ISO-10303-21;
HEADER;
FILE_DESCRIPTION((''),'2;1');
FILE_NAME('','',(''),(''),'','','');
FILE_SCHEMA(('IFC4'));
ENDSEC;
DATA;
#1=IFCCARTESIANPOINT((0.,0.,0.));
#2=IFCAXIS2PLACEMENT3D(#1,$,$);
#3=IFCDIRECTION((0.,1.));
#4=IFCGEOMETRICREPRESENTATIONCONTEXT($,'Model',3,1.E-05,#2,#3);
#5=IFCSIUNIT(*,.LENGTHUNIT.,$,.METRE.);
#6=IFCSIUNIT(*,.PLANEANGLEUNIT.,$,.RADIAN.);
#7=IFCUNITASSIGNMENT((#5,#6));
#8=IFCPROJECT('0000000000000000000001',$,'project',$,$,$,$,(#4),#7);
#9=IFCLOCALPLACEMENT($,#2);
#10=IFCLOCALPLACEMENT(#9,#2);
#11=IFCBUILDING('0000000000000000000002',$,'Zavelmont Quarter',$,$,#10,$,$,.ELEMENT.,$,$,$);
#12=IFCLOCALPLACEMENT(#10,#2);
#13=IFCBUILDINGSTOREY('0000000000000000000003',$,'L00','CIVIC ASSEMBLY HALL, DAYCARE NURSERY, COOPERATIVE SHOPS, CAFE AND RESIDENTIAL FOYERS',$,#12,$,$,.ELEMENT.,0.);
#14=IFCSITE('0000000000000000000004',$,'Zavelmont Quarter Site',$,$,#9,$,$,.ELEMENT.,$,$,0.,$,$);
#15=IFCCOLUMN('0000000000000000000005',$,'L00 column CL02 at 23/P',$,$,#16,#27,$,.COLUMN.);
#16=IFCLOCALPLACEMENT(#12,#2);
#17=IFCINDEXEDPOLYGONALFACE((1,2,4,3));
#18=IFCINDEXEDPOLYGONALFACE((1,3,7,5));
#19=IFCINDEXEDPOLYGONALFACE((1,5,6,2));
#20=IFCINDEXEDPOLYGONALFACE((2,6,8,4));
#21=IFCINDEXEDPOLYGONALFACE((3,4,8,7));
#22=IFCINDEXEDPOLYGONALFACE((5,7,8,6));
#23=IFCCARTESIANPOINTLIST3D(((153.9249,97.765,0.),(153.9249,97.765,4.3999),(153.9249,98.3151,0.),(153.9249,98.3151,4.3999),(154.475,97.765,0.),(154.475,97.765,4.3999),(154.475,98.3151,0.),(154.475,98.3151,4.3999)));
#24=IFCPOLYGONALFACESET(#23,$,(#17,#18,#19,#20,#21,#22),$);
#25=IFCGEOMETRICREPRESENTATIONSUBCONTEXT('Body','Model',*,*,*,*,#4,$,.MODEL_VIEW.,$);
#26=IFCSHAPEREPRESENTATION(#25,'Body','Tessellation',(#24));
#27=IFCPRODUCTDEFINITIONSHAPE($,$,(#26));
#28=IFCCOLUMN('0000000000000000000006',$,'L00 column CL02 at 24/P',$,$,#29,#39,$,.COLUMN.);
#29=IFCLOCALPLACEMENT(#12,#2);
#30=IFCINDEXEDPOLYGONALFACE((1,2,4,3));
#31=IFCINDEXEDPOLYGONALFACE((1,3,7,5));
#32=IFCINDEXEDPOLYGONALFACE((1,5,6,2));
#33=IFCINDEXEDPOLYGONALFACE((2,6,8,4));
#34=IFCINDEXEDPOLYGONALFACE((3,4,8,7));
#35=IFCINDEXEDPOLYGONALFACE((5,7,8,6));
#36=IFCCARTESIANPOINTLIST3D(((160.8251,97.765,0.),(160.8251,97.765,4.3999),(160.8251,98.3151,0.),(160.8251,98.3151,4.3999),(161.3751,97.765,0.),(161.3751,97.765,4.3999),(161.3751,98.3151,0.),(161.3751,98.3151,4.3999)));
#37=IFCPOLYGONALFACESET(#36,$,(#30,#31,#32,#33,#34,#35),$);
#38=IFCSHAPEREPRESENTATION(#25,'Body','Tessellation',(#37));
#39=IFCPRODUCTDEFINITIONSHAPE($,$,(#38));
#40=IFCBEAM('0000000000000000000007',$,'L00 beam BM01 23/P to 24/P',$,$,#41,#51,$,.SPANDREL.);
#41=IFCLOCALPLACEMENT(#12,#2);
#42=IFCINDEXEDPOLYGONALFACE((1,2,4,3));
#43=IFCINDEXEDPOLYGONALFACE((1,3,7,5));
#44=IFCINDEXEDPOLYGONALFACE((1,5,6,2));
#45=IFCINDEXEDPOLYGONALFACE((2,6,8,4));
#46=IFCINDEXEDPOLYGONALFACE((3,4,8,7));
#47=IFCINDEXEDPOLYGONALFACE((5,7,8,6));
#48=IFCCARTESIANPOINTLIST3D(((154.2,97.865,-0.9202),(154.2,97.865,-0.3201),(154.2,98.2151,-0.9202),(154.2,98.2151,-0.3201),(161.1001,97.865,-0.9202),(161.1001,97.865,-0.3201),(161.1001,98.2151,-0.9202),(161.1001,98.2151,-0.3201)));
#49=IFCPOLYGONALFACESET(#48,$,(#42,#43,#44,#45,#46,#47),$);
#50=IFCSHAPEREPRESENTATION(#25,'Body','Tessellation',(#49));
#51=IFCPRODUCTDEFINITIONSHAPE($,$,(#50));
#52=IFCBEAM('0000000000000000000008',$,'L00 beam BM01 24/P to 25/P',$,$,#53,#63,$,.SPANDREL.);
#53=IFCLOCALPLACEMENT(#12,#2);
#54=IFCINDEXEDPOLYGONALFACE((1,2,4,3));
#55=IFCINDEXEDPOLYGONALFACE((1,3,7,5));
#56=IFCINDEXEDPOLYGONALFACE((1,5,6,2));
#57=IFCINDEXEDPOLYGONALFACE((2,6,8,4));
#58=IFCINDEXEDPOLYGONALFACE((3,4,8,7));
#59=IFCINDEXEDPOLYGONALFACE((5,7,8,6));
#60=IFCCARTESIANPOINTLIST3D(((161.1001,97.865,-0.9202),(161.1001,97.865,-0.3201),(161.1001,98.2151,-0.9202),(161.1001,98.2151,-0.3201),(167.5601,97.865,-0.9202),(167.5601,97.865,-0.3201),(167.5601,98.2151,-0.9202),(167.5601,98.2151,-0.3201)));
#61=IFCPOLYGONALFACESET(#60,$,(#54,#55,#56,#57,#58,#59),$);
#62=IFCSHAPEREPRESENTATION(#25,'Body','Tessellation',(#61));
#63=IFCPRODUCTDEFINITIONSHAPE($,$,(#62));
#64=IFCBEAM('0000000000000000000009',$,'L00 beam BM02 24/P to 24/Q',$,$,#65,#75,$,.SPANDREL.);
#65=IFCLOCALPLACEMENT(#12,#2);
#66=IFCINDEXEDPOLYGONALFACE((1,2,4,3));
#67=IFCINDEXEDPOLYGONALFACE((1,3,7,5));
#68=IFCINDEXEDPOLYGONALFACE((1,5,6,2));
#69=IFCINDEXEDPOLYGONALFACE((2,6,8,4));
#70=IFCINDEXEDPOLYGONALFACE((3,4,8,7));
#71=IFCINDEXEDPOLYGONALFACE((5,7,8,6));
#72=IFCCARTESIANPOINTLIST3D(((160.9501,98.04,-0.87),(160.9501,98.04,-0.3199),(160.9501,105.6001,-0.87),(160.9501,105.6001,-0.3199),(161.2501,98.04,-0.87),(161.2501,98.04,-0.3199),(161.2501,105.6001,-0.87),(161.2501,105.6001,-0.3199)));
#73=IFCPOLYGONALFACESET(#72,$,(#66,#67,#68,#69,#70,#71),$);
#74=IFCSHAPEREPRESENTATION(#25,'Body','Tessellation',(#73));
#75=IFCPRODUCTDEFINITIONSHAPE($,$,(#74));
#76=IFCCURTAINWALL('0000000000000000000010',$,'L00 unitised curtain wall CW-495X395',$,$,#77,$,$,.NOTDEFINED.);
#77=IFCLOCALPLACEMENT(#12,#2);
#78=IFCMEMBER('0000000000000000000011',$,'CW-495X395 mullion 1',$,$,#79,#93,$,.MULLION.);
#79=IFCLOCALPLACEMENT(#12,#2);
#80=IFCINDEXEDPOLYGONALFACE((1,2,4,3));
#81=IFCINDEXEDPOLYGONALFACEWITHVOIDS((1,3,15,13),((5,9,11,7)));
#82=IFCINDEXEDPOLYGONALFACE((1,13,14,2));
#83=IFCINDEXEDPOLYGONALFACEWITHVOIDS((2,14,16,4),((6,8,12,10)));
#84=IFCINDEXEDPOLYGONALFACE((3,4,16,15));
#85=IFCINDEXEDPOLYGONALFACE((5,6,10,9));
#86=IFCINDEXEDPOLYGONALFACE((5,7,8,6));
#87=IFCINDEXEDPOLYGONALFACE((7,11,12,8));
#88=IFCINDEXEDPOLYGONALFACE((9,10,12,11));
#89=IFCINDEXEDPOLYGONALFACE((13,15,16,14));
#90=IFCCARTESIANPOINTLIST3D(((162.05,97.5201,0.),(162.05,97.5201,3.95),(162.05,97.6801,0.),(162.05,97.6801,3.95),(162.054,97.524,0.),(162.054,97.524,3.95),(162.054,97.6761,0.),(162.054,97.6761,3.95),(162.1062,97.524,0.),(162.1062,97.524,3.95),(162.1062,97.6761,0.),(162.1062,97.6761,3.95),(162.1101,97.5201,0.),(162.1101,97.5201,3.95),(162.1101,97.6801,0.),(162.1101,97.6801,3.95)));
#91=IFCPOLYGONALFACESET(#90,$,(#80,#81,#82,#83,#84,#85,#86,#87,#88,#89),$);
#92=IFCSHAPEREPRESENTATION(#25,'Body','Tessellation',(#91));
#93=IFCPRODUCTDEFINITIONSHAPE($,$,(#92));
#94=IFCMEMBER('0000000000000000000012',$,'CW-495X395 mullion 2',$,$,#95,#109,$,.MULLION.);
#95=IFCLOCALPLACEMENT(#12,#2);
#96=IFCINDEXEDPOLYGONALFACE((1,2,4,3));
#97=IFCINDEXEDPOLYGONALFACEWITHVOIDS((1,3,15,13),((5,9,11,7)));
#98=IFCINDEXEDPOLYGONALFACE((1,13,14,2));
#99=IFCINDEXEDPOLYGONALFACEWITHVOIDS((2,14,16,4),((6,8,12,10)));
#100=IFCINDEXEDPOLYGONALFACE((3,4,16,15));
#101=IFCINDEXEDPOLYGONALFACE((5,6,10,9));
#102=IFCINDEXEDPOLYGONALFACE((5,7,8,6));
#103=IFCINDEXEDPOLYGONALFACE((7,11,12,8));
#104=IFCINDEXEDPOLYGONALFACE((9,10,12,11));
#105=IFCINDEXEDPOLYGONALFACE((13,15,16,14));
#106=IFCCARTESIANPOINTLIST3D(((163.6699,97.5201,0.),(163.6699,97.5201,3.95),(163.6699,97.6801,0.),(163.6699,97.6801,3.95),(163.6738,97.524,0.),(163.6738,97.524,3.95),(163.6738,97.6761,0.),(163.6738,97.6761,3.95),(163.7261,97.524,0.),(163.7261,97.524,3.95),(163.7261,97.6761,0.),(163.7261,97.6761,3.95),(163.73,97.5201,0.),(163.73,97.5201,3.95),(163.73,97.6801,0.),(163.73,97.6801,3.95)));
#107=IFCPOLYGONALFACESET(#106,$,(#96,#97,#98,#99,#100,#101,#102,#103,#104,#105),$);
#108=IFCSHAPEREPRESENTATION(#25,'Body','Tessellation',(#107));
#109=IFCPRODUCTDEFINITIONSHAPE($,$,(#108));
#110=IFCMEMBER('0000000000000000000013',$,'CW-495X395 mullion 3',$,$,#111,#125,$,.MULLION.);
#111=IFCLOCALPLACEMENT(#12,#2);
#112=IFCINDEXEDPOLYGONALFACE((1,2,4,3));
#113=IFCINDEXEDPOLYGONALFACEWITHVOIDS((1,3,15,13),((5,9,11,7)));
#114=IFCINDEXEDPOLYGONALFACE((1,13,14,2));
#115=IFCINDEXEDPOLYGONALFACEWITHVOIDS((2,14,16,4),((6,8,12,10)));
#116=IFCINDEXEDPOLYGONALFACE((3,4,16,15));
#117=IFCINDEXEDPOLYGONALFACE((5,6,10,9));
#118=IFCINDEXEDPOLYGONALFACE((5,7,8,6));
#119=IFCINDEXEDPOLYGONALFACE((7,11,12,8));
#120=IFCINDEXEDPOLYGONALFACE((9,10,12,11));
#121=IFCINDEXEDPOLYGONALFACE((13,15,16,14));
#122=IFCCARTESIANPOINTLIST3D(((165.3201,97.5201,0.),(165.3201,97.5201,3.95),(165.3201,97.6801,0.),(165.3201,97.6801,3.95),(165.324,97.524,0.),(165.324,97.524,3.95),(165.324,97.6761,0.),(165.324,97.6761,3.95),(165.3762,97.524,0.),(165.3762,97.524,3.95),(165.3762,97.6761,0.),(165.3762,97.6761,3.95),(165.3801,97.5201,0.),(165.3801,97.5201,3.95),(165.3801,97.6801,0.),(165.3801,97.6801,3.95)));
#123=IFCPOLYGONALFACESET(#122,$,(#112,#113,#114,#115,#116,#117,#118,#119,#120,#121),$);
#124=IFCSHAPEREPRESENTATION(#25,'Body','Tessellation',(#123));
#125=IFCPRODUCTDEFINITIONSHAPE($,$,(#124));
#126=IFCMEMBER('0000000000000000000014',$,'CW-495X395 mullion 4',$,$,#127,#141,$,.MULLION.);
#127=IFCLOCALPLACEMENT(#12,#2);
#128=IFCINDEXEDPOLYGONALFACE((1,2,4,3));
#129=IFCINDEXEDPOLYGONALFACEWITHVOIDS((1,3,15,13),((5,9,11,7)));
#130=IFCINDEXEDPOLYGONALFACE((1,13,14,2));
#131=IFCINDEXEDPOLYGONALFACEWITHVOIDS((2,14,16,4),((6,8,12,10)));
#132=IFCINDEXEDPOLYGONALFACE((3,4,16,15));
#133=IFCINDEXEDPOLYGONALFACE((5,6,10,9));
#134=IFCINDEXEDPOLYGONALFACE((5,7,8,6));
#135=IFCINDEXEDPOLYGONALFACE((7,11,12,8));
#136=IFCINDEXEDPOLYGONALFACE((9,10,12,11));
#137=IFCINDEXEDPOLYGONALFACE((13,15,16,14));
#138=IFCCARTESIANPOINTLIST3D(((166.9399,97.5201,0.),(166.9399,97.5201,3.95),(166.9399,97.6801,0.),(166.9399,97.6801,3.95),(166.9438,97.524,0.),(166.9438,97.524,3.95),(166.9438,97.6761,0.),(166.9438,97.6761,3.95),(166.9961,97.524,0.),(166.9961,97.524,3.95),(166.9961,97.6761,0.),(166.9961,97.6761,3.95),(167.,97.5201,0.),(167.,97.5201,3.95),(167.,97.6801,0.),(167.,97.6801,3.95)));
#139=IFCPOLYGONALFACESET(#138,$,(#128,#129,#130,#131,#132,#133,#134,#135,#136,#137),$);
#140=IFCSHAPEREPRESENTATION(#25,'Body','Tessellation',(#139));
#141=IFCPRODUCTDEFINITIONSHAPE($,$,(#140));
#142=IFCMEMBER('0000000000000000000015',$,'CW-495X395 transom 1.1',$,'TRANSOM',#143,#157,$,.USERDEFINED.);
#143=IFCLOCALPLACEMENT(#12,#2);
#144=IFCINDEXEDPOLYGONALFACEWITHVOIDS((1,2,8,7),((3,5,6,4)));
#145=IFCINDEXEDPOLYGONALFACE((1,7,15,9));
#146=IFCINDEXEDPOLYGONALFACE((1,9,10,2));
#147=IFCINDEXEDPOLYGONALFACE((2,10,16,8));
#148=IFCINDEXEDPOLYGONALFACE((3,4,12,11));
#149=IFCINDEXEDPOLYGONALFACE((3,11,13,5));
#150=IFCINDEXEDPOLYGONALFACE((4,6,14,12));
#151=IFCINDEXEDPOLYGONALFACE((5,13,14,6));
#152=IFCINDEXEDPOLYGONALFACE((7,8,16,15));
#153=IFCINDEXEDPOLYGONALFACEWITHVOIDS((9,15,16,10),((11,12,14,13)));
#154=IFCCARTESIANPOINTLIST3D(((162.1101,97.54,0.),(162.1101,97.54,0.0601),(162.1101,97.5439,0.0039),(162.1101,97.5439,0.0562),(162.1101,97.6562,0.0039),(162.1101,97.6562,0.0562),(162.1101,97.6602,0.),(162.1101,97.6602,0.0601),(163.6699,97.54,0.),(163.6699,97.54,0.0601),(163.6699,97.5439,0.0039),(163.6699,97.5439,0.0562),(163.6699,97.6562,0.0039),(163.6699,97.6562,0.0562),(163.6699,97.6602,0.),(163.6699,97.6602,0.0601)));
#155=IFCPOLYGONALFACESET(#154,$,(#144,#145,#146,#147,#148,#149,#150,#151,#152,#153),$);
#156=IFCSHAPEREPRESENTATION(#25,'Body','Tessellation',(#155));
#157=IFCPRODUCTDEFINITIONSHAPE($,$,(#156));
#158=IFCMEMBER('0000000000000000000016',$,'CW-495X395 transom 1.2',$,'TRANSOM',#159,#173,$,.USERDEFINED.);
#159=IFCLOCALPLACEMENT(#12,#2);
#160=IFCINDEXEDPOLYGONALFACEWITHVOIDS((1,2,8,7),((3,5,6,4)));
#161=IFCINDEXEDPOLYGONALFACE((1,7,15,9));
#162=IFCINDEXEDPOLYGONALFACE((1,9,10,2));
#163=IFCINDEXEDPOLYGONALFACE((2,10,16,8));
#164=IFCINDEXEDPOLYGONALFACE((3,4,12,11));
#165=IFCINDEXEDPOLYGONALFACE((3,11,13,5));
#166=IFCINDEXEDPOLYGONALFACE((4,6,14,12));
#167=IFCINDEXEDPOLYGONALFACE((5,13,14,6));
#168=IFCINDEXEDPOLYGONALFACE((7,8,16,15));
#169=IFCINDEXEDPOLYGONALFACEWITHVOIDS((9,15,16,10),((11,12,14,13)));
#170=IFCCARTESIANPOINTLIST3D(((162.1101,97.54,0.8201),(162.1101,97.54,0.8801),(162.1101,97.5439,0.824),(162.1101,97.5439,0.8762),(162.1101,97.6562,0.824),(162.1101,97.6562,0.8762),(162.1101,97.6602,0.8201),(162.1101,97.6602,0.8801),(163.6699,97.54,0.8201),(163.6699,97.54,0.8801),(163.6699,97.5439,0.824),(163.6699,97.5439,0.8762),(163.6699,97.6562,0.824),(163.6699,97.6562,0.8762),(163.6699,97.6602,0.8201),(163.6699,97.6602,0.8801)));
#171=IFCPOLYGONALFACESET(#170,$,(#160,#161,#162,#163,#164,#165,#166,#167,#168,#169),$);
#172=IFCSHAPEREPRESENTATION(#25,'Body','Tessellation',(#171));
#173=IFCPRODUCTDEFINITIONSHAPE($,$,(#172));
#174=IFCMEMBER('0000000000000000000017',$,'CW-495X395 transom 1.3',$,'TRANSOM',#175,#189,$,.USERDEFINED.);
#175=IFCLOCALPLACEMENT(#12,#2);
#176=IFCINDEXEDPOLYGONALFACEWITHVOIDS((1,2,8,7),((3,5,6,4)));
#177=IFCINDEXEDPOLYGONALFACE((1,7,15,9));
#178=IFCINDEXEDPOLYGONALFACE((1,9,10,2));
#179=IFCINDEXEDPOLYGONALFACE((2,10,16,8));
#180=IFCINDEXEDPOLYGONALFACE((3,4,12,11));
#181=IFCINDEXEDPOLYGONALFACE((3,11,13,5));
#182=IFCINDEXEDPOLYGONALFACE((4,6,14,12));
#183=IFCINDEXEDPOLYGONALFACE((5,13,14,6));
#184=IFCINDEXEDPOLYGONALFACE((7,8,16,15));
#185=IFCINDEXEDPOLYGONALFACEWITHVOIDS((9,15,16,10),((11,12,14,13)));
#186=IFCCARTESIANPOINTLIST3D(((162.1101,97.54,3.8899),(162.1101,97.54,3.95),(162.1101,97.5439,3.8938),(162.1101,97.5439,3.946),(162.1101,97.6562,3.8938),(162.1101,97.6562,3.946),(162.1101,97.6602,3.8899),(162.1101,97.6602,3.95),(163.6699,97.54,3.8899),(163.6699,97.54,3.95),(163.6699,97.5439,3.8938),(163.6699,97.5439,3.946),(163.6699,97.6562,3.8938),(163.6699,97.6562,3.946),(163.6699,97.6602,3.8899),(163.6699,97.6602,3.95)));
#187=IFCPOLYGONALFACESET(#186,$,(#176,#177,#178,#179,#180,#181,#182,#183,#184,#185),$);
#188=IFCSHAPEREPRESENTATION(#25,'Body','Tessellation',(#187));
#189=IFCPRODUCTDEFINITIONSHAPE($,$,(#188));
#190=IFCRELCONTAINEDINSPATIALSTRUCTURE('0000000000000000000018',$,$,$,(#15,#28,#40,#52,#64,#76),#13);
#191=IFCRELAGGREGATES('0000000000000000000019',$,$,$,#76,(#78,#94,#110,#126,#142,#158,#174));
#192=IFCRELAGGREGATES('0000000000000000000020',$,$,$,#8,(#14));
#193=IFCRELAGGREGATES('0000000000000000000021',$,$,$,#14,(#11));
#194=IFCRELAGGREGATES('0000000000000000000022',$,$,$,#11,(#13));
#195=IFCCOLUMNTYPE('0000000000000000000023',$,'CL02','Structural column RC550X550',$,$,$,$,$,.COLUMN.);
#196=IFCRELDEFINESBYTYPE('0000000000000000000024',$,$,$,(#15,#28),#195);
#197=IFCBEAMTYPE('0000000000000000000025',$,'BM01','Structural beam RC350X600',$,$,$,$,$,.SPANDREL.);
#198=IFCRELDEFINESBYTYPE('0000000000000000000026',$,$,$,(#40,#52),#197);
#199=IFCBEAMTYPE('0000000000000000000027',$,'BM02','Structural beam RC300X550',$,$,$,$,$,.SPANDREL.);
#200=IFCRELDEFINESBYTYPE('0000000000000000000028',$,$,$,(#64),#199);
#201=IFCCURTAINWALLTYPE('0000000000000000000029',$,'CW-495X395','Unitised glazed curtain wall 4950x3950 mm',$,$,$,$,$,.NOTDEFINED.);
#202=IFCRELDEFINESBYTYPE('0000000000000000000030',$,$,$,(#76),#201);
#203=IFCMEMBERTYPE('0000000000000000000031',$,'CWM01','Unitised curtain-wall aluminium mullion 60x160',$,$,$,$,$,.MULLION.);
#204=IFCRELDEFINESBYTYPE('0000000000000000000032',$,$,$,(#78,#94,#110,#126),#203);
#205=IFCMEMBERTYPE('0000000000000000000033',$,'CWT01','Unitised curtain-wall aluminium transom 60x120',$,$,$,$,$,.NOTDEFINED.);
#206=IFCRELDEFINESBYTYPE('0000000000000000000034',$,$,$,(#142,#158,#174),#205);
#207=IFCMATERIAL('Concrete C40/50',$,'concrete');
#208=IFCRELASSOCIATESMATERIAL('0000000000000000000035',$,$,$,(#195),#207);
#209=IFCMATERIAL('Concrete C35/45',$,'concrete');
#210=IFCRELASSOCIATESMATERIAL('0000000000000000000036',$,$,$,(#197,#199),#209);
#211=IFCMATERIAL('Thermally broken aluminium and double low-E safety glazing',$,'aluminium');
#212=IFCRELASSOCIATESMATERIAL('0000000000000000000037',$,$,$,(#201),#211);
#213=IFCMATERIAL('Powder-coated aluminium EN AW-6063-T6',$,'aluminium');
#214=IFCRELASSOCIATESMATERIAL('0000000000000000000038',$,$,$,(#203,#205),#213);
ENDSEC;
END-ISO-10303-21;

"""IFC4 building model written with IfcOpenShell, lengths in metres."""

from ifc_helpers import new_model, si_unit, direction, frame, origin, origin_2d, place, context, subcontext, project, spatial, rectangle, hollow_rectangle, extrude, material, material_profile, profile_set, type_object, element, aggregate, save


model = new_model("IFC4")

# Units and contexts
model_context = context("Model", 3, precision=1e-05, world=origin(), true_north=direction((0.0, 1.0)))
body_context = subcontext(model_context, "Body", "Model", "MODEL_VIEW")
ifc_project = project(units=[si_unit("LENGTHUNIT", "METRE"), si_unit("PLANEANGLEUNIT", "RADIAN")], contexts=[model_context])

# Site, building, storey
site_placement = place(None, origin())
site = spatial("IfcSite", under=ifc_project, at=site_placement, Name="Zavelmont Quarter Site", CompositionType="ELEMENT", RefElevation=0.0)
building_placement = place(site_placement, origin())
building = spatial("IfcBuilding", under=site, at=building_placement, Name="Zavelmont Quarter", CompositionType="ELEMENT")
storey_placement = place(building_placement, origin())
storey = spatial("IfcBuildingStorey", under=building, at=storey_placement, Name="L00", Description="CIVIC ASSEMBLY HALL, DAYCARE NURSERY, COOPERATIVE SHOPS, CAFE AND RESIDENTIAL FOYERS", CompositionType="ELEMENT", Elevation=0.0)

# Columns
ifc_material_1 = material(Name="Concrete C40/50", Category="concrete")
ifc_material_profile_1 = material_profile(ifc_material_1, rectangle(XDim=0.55, YDim=0.55, at=origin_2d()), Name="RC550X550")
ifc_profile_set_1 = profile_set([ifc_material_profile_1], Name="Concrete C40/50")
column_type = type_object("IfcColumnType", Name="CL02", Description="Structural column RC550X550", PredefinedType="COLUMN", material=ifc_profile_set_1)
for number, where, z_axis, x_axis, name in (
    (1, (154.2, 98.04, 0.0), (0.0, 0.0, 1.0), (1.0, 0.0, 0.0), "L00 column CL02 at 23/P"),
    (2, (161.1001, 98.04, 0.0), (0.0, 0.0, 1.0), (1.0, 0.0, 0.0), "L00 column CL02 at 24/P"),
):
    element("IfcColumn", number, at=place(storey_placement, frame(where, z_axis=z_axis, x_axis=x_axis)), inside=storey, type_object=column_type, Name=name, PredefinedType="COLUMN", context=body_context, shape_type="SweptSolid", body=[
        extrude(rectangle(XDim=0.55, YDim=0.55, at=origin_2d()), origin(), (0.0, 0.0, 1.0), 4.3999),
    ])

# Beams
ifc_material_2 = material(Name="Concrete C35/45", Category="concrete")
ifc_material_profile_2 = material_profile(ifc_material_2, rectangle(XDim=0.3501, YDim=0.6001, at=origin_2d()), Name="RC350X600")
ifc_profile_set_2 = profile_set([ifc_material_profile_2], Name="Concrete C35/45")
beam_type_1 = type_object("IfcBeamType", Name="BM01", Description="Structural beam RC350X600", PredefinedType="SPANDREL", material=ifc_profile_set_2)
beam_1_placement = place(storey_placement, frame((154.2, 98.04, -0.6201), z_axis=(1.0, 0.0, 0.0), x_axis=(0.0, 1.0, 0.0)))
element("IfcBeam", 3, at=beam_1_placement, inside=storey, type_object=beam_type_1, Name="L00 beam BM01 23/P to 24/P", PredefinedType="SPANDREL", context=body_context, shape_type="SweptSolid", body=[
    extrude(rectangle(XDim=0.3501, YDim=0.6001, at=origin_2d()), origin(), (0.0, 0.0, 1.0), 6.9001),
])
beam_2_placement = place(storey_placement, frame((161.1001, 98.04, -0.6201), z_axis=(1.0, 0.0, 0.0), x_axis=(0.0, 1.0, 0.0)))
element("IfcBeam", 4, at=beam_2_placement, inside=storey, type_object=beam_type_1, Name="L00 beam BM01 24/P to 25/P", PredefinedType="SPANDREL", context=body_context, shape_type="SweptSolid", body=[
    extrude(rectangle(XDim=0.3501, YDim=0.6001, at=origin_2d()), origin(), (0.0, 0.0, 1.0), 6.46),
])
ifc_material_profile_3 = material_profile(ifc_material_2, rectangle(XDim=0.3, YDim=0.55, at=origin_2d()), Name="RC300X550")
ifc_profile_set_3 = profile_set([ifc_material_profile_3], Name="Concrete C35/45")
beam_type_2 = type_object("IfcBeamType", Name="BM02", Description="Structural beam RC300X550", PredefinedType="SPANDREL", material=ifc_profile_set_3)
beam_3_placement = place(storey_placement, frame((161.1001, 98.04, -0.595), z_axis=(0.0, 1.0, 0.0), x_axis=(-1.0, 0.0, 0.0)))
element("IfcBeam", 5, at=beam_3_placement, inside=storey, type_object=beam_type_2, Name="L00 beam BM02 24/P to 24/Q", PredefinedType="SPANDREL", context=body_context, shape_type="SweptSolid", body=[
    extrude(rectangle(XDim=0.3, YDim=0.55, at=origin_2d()), origin(), (0.0, 0.0, 1.0), 7.5601),
])

# Curtain wall, members
ifc_material_3 = material(Name="Thermally broken aluminium and double low-E safety glazing", Category="aluminium")
curtain_wall_type = type_object("IfcCurtainWallType", Name="CW-495X395", Description="Unitised glazed curtain wall 4950x3950 mm", PredefinedType="NOTDEFINED", material=ifc_material_3)
curtain_wall_placement = place(storey_placement, origin())
curtain_wall = element("IfcCurtainWall", 6, at=curtain_wall_placement, inside=storey, type_object=curtain_wall_type, Name="L00 unitised curtain wall CW-495X395", PredefinedType="NOTDEFINED")
ifc_material_4 = material(Name="Powder-coated aluminium EN AW-6063-T6", Category="aluminium")
ifc_material_profile_4 = material_profile(ifc_material_4, hollow_rectangle(XDim=0.0601, YDim=0.1599, WallThickness=0.0039, at=origin_2d()), Name="CWM60X160")
ifc_profile_set_4 = profile_set([ifc_material_profile_4], Name="Powder-coated aluminium EN AW-6063-T6")
member_type_1 = type_object("IfcMemberType", Name="CWM01", Description="Unitised curtain-wall aluminium mullion 60x160", PredefinedType="MULLION", material=ifc_profile_set_4)
member_1_placement = place(storey_placement, frame((162.0801, 97.6001, 0.0), z_axis=(0.0, 0.0, 1.0), x_axis=(1.0, 0.0, 0.0)))
member_1 = element("IfcMember", 7, at=member_1_placement, type_object=member_type_1, Name="CW-495X395 mullion 1", PredefinedType="MULLION", context=body_context, shape_type="SweptSolid", body=[
    extrude(hollow_rectangle(XDim=0.0601, YDim=0.1599, WallThickness=0.0039, at=origin_2d()), origin(), (0.0, 0.0, 1.0), 3.95),
])
member_2_placement = place(storey_placement, frame((163.7, 97.6001, 0.0), z_axis=(0.0, 0.0, 1.0), x_axis=(1.0, 0.0, 0.0)))
member_2 = element("IfcMember", 8, at=member_2_placement, type_object=member_type_1, Name="CW-495X395 mullion 2", PredefinedType="MULLION", context=body_context, shape_type="SweptSolid", body=[
    extrude(hollow_rectangle(XDim=0.0601, YDim=0.1599, WallThickness=0.0039, at=origin_2d()), origin(), (0.0, 0.0, 1.0), 3.95),
])
member_3_placement = place(storey_placement, frame((165.3501, 97.6001, 0.0), z_axis=(0.0, 0.0, 1.0), x_axis=(1.0, 0.0, 0.0)))
member_3 = element("IfcMember", 9, at=member_3_placement, type_object=member_type_1, Name="CW-495X395 mullion 3", PredefinedType="MULLION", context=body_context, shape_type="SweptSolid", body=[
    extrude(hollow_rectangle(XDim=0.0601, YDim=0.1599, WallThickness=0.0039, at=origin_2d()), origin(), (0.0, 0.0, 1.0), 3.95),
])
member_4_placement = place(storey_placement, frame((166.97, 97.6001, 0.0), z_axis=(0.0, 0.0, 1.0), x_axis=(1.0, 0.0, 0.0)))
member_4 = element("IfcMember", 10, at=member_4_placement, type_object=member_type_1, Name="CW-495X395 mullion 4", PredefinedType="MULLION", context=body_context, shape_type="SweptSolid", body=[
    extrude(hollow_rectangle(XDim=0.0601, YDim=0.1599, WallThickness=0.0039, at=origin_2d()), origin(), (0.0, 0.0, 1.0), 3.95),
])
ifc_material_profile_5 = material_profile(ifc_material_4, hollow_rectangle(XDim=0.1201, YDim=0.0601, WallThickness=0.0039, at=origin_2d()), Name="CWT60X120")
ifc_profile_set_5 = profile_set([ifc_material_profile_5], Name="Powder-coated aluminium EN AW-6063-T6")
member_type_2 = type_object("IfcMemberType", Name="CWT01", Description="Unitised curtain-wall aluminium transom 60x120", PredefinedType="NOTDEFINED", material=ifc_profile_set_5)
member_5_placement = place(storey_placement, frame((162.1101, 97.6001, 0.03), z_axis=(1.0, 0.0, 0.0), x_axis=(0.0, 1.0, 0.0)))
member_5 = element("IfcMember", 11, at=member_5_placement, type_object=member_type_2, Name="CW-495X395 transom 1.1", ObjectType="TRANSOM", PredefinedType="USERDEFINED", context=body_context, shape_type="SweptSolid", body=[
    extrude(hollow_rectangle(XDim=0.1201, YDim=0.0601, WallThickness=0.0039, at=origin_2d()), origin(), (0.0, 0.0, 1.0), 1.5598),
])
member_6_placement = place(storey_placement, frame((162.1101, 97.6001, 0.8501), z_axis=(1.0, 0.0, 0.0), x_axis=(0.0, 1.0, 0.0)))
member_6 = element("IfcMember", 12, at=member_6_placement, type_object=member_type_2, Name="CW-495X395 transom 1.2", ObjectType="TRANSOM", PredefinedType="USERDEFINED", context=body_context, shape_type="SweptSolid", body=[
    extrude(hollow_rectangle(XDim=0.1201, YDim=0.0601, WallThickness=0.0039, at=origin_2d()), origin(), (0.0, 0.0, 1.0), 1.5598),
])
member_7_placement = place(storey_placement, frame((162.1101, 97.6001, 3.9199), z_axis=(1.0, 0.0, 0.0), x_axis=(0.0, 1.0, 0.0)))
member_7 = element("IfcMember", 13, at=member_7_placement, type_object=member_type_2, Name="CW-495X395 transom 1.3", ObjectType="TRANSOM", PredefinedType="USERDEFINED", context=body_context, shape_type="SweptSolid", body=[
    extrude(hollow_rectangle(XDim=0.1201, YDim=0.0601, WallThickness=0.0039, at=origin_2d()), origin(), (0.0, 0.0, 1.0), 1.5598),
])
aggregate(curtain_wall, [member_1, member_2, member_3, member_4, member_5, member_6, member_7])

save(model, "model.ifc")
